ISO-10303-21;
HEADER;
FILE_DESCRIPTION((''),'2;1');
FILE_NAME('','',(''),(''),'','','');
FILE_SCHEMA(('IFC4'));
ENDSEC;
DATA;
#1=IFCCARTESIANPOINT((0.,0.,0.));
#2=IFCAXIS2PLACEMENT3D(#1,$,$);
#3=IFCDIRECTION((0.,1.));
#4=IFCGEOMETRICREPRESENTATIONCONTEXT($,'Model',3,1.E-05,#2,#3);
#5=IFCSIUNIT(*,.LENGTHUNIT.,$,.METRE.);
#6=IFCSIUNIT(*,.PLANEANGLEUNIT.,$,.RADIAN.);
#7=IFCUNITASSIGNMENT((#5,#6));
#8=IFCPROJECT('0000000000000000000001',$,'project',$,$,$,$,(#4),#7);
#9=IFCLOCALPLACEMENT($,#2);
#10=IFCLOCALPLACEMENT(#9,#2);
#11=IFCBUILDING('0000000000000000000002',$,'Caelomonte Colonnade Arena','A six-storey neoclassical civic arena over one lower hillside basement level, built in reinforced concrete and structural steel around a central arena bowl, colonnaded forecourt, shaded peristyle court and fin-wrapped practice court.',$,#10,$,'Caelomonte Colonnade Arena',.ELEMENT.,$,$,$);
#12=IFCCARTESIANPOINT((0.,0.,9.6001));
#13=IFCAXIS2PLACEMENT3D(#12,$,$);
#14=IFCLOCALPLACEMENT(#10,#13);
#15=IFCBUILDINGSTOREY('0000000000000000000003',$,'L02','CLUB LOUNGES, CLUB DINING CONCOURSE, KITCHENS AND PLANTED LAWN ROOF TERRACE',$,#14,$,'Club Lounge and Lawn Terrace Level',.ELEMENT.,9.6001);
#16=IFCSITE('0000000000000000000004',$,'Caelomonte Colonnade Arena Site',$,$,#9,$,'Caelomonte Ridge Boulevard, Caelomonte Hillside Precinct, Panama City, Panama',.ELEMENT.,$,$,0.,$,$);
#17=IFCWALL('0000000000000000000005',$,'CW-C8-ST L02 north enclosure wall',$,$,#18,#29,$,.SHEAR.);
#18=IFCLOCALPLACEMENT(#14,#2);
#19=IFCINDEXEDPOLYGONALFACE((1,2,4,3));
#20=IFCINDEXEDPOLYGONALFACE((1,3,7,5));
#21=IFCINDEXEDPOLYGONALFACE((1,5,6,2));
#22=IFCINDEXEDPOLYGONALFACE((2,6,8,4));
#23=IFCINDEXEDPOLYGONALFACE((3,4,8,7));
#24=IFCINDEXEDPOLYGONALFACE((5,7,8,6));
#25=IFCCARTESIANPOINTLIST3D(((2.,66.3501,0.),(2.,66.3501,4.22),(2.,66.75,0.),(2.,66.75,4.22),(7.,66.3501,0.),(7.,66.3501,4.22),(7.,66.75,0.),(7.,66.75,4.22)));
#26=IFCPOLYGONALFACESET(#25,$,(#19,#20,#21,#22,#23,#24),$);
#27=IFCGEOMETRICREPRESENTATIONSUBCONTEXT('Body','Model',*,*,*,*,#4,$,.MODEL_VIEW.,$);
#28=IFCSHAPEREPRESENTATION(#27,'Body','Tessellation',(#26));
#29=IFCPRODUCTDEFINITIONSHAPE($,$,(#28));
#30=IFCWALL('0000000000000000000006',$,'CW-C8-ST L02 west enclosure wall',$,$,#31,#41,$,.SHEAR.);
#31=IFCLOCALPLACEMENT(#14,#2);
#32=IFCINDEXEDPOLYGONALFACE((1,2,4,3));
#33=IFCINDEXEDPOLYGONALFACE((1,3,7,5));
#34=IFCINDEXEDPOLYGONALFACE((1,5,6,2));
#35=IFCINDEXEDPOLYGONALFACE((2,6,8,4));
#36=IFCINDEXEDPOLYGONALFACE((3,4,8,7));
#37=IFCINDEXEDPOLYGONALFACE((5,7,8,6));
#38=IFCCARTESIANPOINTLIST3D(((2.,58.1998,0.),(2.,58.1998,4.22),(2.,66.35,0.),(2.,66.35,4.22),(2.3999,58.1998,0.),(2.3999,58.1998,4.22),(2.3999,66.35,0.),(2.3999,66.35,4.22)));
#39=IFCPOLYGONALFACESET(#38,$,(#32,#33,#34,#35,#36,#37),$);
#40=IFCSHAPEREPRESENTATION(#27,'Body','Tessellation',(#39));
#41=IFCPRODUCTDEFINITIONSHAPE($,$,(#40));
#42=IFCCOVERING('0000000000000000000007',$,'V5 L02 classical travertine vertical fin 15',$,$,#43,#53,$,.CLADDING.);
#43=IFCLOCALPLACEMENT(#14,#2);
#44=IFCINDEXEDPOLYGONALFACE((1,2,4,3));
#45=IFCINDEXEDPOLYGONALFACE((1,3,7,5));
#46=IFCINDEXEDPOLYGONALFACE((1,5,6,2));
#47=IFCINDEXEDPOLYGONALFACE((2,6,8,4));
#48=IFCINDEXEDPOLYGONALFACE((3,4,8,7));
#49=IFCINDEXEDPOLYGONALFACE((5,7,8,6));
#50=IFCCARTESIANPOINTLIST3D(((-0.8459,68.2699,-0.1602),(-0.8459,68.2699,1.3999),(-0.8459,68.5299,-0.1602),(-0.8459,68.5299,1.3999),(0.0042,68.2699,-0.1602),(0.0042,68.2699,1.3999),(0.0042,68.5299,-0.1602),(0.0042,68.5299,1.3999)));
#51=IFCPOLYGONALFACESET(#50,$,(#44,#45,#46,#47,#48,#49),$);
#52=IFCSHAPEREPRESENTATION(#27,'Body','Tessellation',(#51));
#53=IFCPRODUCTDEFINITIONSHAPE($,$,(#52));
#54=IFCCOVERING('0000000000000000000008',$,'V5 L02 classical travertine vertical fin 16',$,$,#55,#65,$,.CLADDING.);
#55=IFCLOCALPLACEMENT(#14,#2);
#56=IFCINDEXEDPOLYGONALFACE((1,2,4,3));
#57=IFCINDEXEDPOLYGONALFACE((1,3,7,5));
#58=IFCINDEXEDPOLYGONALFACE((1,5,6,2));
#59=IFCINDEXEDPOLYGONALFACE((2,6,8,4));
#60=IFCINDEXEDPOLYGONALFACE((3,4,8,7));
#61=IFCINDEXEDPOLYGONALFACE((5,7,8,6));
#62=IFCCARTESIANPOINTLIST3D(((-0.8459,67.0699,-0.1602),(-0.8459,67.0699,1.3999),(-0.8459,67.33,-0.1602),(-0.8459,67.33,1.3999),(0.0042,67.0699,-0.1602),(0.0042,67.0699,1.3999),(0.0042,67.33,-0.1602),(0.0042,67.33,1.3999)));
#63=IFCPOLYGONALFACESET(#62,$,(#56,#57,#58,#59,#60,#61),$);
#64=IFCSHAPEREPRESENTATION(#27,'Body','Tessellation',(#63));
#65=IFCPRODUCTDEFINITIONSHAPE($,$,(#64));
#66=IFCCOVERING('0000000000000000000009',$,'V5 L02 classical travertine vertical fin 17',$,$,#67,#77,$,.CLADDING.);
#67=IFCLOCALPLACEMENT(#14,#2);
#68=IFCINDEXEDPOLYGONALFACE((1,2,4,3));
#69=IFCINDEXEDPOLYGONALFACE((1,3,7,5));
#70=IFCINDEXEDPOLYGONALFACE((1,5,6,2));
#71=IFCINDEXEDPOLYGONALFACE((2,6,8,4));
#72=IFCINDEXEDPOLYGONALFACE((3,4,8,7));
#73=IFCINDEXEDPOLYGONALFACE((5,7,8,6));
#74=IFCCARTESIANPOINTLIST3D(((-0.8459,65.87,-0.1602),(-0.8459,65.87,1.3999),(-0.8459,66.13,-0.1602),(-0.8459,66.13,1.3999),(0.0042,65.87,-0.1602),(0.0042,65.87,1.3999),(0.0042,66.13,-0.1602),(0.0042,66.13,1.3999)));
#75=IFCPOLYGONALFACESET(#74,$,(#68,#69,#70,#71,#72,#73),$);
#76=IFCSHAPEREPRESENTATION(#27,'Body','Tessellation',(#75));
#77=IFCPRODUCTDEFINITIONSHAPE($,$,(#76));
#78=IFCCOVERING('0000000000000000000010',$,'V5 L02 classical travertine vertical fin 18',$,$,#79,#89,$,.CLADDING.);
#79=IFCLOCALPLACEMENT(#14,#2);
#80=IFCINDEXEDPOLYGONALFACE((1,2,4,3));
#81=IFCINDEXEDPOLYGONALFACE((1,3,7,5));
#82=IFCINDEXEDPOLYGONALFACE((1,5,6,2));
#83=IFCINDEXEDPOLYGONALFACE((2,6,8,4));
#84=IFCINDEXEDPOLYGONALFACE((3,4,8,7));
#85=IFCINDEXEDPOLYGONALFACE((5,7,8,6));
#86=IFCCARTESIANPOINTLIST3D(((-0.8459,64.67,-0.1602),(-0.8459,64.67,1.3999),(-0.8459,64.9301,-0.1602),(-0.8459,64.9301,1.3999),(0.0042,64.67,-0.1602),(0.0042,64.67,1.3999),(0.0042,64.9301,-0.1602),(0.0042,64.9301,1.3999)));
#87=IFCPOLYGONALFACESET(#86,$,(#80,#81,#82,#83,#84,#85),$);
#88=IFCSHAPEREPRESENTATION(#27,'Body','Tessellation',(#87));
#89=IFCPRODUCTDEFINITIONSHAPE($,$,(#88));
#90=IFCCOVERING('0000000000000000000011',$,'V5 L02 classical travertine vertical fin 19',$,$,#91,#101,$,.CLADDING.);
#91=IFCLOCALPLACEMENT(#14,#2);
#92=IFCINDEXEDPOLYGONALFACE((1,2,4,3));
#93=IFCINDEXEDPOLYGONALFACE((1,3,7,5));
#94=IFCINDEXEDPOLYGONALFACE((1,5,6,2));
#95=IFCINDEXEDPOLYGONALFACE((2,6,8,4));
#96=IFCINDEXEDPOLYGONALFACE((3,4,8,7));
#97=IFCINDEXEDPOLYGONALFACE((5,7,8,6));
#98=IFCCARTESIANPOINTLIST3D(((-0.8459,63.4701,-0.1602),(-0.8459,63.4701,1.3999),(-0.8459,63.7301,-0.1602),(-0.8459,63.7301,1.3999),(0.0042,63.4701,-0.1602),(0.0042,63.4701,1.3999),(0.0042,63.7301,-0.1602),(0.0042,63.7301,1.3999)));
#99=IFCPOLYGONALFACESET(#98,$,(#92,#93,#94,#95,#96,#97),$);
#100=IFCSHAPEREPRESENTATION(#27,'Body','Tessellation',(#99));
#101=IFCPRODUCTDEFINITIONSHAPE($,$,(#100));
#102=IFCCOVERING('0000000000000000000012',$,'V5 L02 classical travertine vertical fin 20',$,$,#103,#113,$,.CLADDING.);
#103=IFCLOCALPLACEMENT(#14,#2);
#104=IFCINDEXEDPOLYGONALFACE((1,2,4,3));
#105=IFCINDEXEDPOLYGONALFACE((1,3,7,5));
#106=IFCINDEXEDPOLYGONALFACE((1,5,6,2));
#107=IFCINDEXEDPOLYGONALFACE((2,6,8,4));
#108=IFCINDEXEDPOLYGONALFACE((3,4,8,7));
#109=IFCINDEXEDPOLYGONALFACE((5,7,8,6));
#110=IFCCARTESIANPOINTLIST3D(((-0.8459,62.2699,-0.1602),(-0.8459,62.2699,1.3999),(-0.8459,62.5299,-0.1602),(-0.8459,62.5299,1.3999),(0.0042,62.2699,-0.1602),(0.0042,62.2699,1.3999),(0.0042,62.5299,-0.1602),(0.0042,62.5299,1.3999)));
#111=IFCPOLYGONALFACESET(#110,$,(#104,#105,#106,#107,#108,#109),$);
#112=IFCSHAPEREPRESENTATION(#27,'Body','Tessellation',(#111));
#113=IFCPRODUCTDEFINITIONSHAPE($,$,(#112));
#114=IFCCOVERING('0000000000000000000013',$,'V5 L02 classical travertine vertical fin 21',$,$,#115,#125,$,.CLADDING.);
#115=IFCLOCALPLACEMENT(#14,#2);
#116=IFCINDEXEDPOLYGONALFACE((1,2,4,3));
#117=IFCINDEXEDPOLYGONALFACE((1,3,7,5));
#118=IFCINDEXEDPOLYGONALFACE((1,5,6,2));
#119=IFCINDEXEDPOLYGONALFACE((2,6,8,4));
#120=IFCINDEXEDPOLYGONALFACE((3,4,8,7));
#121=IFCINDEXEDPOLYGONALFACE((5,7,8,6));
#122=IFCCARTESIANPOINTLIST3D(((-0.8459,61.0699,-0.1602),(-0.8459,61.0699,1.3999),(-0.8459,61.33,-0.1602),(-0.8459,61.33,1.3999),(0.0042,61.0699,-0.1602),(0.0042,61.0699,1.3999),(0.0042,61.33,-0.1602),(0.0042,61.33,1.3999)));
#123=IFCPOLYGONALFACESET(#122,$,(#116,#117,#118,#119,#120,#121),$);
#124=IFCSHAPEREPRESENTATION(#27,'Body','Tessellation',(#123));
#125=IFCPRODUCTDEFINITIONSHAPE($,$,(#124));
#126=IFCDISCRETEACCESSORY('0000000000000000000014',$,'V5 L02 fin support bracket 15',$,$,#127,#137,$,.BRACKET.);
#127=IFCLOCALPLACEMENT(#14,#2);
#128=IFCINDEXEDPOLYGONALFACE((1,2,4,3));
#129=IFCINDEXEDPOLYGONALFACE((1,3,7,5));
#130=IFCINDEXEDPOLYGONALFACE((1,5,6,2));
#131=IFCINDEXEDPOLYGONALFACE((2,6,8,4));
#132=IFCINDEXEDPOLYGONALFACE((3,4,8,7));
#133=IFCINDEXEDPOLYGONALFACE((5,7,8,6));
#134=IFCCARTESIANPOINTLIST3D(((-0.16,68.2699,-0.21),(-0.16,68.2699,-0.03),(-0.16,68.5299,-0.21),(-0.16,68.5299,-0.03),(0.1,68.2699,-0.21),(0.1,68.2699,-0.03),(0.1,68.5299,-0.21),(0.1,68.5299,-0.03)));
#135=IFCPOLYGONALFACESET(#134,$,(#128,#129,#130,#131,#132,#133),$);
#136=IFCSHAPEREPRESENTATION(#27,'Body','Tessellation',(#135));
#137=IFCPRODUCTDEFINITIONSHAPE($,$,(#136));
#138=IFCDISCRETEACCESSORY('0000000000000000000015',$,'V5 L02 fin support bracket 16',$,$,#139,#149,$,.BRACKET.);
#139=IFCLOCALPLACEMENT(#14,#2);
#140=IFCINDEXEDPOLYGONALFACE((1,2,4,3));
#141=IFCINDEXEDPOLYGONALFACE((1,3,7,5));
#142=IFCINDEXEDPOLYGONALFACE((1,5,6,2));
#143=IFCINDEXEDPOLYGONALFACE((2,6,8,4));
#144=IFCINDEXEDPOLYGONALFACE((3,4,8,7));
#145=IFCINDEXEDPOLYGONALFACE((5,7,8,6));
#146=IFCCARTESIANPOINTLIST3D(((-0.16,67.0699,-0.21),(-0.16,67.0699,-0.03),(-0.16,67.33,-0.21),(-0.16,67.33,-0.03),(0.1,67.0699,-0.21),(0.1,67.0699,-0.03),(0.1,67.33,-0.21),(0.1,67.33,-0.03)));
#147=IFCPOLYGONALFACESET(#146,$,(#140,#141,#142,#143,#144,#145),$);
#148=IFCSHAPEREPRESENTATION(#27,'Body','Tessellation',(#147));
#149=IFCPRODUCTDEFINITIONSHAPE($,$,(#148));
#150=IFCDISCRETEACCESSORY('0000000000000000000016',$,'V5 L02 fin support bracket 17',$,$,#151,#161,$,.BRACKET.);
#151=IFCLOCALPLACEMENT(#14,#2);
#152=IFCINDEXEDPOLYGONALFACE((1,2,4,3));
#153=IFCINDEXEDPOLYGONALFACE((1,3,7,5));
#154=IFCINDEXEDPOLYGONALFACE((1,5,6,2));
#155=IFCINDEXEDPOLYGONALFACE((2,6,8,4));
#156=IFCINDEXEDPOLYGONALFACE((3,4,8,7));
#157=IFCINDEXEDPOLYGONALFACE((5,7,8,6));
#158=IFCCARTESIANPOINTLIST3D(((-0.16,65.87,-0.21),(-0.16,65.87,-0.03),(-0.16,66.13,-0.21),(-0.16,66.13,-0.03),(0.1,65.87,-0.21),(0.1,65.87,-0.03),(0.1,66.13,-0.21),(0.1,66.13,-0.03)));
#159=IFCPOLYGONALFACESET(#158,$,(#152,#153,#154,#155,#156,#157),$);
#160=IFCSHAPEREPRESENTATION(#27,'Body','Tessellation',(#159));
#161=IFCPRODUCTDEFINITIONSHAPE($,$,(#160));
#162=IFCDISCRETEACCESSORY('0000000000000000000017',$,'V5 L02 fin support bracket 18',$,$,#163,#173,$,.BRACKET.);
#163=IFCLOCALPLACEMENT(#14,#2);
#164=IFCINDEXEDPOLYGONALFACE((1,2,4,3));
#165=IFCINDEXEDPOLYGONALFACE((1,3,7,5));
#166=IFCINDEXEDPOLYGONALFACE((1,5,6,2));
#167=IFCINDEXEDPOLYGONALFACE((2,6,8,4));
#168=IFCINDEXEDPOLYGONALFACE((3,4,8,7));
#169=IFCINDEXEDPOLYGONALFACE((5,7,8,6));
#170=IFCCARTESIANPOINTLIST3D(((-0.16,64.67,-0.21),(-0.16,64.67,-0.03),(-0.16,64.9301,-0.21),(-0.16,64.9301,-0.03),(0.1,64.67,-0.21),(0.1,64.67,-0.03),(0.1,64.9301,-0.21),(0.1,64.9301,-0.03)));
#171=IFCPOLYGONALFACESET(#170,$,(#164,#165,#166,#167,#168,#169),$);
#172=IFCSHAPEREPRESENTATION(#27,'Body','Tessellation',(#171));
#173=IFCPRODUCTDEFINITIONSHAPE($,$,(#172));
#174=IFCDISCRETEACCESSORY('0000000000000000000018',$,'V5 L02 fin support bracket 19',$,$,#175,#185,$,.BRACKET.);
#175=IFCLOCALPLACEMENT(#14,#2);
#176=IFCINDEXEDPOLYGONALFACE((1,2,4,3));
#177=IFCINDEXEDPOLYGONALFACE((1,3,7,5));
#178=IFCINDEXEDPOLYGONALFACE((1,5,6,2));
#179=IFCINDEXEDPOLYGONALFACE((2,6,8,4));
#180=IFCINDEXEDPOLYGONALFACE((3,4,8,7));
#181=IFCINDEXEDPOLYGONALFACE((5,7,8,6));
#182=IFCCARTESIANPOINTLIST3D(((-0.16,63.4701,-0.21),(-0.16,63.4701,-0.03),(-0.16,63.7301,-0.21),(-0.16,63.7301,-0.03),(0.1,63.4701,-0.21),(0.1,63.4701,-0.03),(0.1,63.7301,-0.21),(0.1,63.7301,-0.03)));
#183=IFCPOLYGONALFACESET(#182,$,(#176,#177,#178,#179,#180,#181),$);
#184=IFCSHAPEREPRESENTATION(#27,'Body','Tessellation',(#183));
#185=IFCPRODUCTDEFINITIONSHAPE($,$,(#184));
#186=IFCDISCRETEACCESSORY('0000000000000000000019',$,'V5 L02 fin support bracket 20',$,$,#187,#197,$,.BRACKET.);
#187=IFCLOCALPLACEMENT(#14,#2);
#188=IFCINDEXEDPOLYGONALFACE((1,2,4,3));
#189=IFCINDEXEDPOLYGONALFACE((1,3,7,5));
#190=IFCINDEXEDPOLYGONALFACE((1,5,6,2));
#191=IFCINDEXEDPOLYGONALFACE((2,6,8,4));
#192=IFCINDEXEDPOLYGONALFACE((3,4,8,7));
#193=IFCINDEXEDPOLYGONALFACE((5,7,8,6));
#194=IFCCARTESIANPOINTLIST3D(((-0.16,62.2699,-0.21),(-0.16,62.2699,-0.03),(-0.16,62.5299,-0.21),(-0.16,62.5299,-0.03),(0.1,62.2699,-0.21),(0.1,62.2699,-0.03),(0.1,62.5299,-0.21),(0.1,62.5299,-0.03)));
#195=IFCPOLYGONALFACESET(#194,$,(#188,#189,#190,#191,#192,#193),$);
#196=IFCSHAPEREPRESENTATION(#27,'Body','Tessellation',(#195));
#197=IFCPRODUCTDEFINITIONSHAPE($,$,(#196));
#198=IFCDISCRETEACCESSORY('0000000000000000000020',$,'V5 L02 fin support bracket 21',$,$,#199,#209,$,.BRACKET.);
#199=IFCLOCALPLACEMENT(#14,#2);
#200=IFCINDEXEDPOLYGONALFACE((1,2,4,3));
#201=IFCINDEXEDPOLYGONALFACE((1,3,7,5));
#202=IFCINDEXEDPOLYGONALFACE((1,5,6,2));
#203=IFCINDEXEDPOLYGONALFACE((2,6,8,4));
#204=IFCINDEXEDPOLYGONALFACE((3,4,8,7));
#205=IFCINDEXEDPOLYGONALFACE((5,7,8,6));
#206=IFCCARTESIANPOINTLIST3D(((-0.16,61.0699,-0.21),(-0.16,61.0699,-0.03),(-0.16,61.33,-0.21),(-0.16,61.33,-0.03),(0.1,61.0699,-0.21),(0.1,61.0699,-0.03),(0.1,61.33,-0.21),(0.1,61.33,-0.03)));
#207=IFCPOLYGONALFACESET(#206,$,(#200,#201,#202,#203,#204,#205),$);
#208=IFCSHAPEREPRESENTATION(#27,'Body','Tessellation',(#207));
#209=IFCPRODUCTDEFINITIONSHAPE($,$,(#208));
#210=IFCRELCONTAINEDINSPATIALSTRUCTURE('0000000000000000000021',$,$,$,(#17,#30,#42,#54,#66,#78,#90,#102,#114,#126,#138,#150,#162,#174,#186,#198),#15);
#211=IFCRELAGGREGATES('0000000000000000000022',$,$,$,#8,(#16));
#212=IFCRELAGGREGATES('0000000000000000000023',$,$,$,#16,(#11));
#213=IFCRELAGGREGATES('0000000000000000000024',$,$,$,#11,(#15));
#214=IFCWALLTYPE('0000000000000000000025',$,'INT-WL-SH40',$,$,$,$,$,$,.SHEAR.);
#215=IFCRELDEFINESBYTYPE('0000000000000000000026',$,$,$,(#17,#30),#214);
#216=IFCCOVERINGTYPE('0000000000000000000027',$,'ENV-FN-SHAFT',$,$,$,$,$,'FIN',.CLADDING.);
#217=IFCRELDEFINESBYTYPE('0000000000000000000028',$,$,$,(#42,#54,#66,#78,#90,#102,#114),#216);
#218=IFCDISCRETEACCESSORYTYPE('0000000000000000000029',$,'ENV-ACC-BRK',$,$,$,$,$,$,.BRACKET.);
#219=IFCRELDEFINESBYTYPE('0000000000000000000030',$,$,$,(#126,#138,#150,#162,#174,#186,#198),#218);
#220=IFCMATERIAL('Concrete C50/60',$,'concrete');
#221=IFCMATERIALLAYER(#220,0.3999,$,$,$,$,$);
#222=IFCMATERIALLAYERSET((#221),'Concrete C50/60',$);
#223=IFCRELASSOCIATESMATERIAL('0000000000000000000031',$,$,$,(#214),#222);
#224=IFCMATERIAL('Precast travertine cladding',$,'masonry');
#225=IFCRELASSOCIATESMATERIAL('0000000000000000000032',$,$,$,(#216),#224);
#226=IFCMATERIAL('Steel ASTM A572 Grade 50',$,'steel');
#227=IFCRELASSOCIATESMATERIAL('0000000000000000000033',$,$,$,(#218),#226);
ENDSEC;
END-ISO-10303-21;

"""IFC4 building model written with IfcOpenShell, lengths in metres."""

from ifc_helpers import new_model, si_unit, direction, frame, frame_2d, origin, origin_2d, place, context, subcontext, project, spatial, rectangle, extrude, material, layer, layer_set, material_profile, profile_set, type_object, element, save


model = new_model("IFC4")

# Units and contexts
model_context = context("Model", 3, precision=1e-05, world=origin(), true_north=direction((0.0, 1.0)))
body_context = subcontext(model_context, "Body", "Model", "MODEL_VIEW")
ifc_project = project(units=[si_unit("LENGTHUNIT", "METRE"), si_unit("PLANEANGLEUNIT", "RADIAN")], contexts=[model_context])

# Site, building, storey
site_placement = place(None, origin())
site = spatial("IfcSite", under=ifc_project, at=site_placement, Name="Caelomonte Colonnade Arena Site", LongName="Caelomonte Ridge Boulevard, Caelomonte Hillside Precinct, Panama City, Panama", CompositionType="ELEMENT", RefElevation=0.0)
building_placement = place(site_placement, origin())
building = spatial("IfcBuilding", under=site, at=building_placement, Name="Caelomonte Colonnade Arena", Description="A six-storey neoclassical civic arena over one lower hillside basement level, built in reinforced concrete and structural steel around a central arena bowl, colonnaded forecourt, shaded peristyle court and fin-wrapped practice court.", LongName="Caelomonte Colonnade Arena", CompositionType="ELEMENT")
storey_placement = place(building_placement, frame((0.0, 0.0, 9.6001)))
storey = spatial("IfcBuildingStorey", under=building, at=storey_placement, Name="L02", Description="CLUB LOUNGES, CLUB DINING CONCOURSE, KITCHENS AND PLANTED LAWN ROOF TERRACE", LongName="Club Lounge and Lawn Terrace Level", CompositionType="ELEMENT", Elevation=9.6001)

# Walls
ifc_material_1 = material(Name="Concrete C50/60", Category="concrete")
ifc_layer = layer(ifc_material_1, 0.3999)
ifc_layer_set = layer_set([ifc_layer], Name="Concrete C50/60")
wall_type = type_object("IfcWallType", Name="INT-WL-SH40", PredefinedType="SHEAR", material=ifc_layer_set)
wall_1_placement = place(storey_placement, frame((7.0, 66.55, 0.0), z_axis=(0.0, 0.0, 1.0), x_axis=(-1.0, 0.0, 0.0)))
element("IfcWall", 1, at=wall_1_placement, inside=storey, type_object=wall_type, Name="CW-C8-ST L02 north enclosure wall", PredefinedType="SHEAR", context=body_context, shape_type="SweptSolid", body=[
    extrude(rectangle(XDim=5.0, YDim=0.3999, at=frame_2d((2.5, 0.0))), origin(), (0.0, 0.0, 1.0), 4.22),
])
wall_2_placement = place(storey_placement, frame((2.2, 66.3501, 0.0), z_axis=(0.0, 0.0, 1.0), x_axis=(0.0, -1.0, 0.0)))
element("IfcWall", 2, at=wall_2_placement, inside=storey, type_object=wall_type, Name="CW-C8-ST L02 west enclosure wall", PredefinedType="SHEAR", context=body_context, shape_type="SweptSolid", body=[
    extrude(rectangle(XDim=8.1501, YDim=0.3999, at=frame_2d((4.0752, 0.0))), origin(), (0.0, 0.0, 1.0), 4.22),
])

# Coverings
ifc_material_2 = material(Name="Precast travertine cladding", Category="masonry")
ifc_material_profile_1 = material_profile(ifc_material_2, rectangle(XDim=0.26, YDim=0.8501, at=origin_2d()), Name="FIN260X850")
ifc_profile_set_1 = profile_set([ifc_material_profile_1], Name="Precast travertine cladding")
covering_type = type_object("IfcCoveringType", Name="ENV-FN-SHAFT", ElementType="FIN", PredefinedType="CLADDING", material=ifc_profile_set_1)
for number, where, z_axis, x_axis, name in (
    (3, (-0.4209, 68.3999, -0.1602), (0.0, 0.0, 1.0), (0.0, 1.0, 0.0), "V5 L02 classical travertine vertical fin 15"),
    (4, (-0.4209, 67.2, -0.1602), (0.0, 0.0, 1.0), (0.0, 1.0, 0.0), "V5 L02 classical travertine vertical fin 16"),
    (5, (-0.4209, 66.0, -0.1602), (0.0, 0.0, 1.0), (0.0, 1.0, 0.0), "V5 L02 classical travertine vertical fin 17"),
    (6, (-0.4209, 64.8, -0.1602), (0.0, 0.0, 1.0), (0.0, 1.0, 0.0), "V5 L02 classical travertine vertical fin 18"),
    (7, (-0.4209, 63.6001, -0.1602), (0.0, 0.0, 1.0), (0.0, 1.0, 0.0), "V5 L02 classical travertine vertical fin 19"),
    (8, (-0.4209, 62.3999, -0.1602), (0.0, 0.0, 1.0), (0.0, 1.0, 0.0), "V5 L02 classical travertine vertical fin 20"),
    (9, (-0.4209, 61.2, -0.1602), (0.0, 0.0, 1.0), (0.0, 1.0, 0.0), "V5 L02 classical travertine vertical fin 21"),
):
    element("IfcCovering", number, at=place(storey_placement, frame(where, z_axis=z_axis, x_axis=x_axis)), inside=storey, type_object=covering_type, Name=name, PredefinedType="CLADDING", context=body_context, shape_type="SweptSolid", body=[
        extrude(rectangle(XDim=0.26, YDim=0.8501, at=origin_2d()), origin(), (0.0, 0.0, 1.0), 1.5601),
    ])

# Discrete accessories
ifc_material_3 = material(Name="Steel ASTM A572 Grade 50", Category="steel")
discrete_accessory_type = type_object("IfcDiscreteAccessoryType", Name="ENV-ACC-BRK", PredefinedType="BRACKET", material=ifc_material_3)
for number, where, z_axis, x_axis, name in (
    (10, (-0.03, 68.3999, -0.21), (0.0, 0.0, 1.0), (0.0, -1.0, 0.0), "V5 L02 fin support bracket 15"),
    (11, (-0.03, 67.2, -0.21), (0.0, 0.0, 1.0), (0.0, -1.0, 0.0), "V5 L02 fin support bracket 16"),
    (12, (-0.03, 66.0, -0.21), (0.0, 0.0, 1.0), (0.0, -1.0, 0.0), "V5 L02 fin support bracket 17"),
    (13, (-0.03, 64.8, -0.21), (0.0, 0.0, 1.0), (0.0, -1.0, 0.0), "V5 L02 fin support bracket 18"),
    (14, (-0.03, 63.6001, -0.21), (0.0, 0.0, 1.0), (0.0, -1.0, 0.0), "V5 L02 fin support bracket 19"),
    (15, (-0.03, 62.3999, -0.21), (0.0, 0.0, 1.0), (0.0, -1.0, 0.0), "V5 L02 fin support bracket 20"),
    (16, (-0.03, 61.2, -0.21), (0.0, 0.0, 1.0), (0.0, -1.0, 0.0), "V5 L02 fin support bracket 21"),
):
    element("IfcDiscreteAccessory", number, at=place(storey_placement, frame(where, z_axis=z_axis, x_axis=x_axis)), inside=storey, type_object=discrete_accessory_type, Name=name, PredefinedType="BRACKET", context=body_context, shape_type="SweptSolid", body=[
        extrude(rectangle(XDim=0.26, YDim=0.26, at=origin_2d()), origin(), (0.0, 0.0, 1.0), 0.1799),
    ])

save(model, "model.ifc")
